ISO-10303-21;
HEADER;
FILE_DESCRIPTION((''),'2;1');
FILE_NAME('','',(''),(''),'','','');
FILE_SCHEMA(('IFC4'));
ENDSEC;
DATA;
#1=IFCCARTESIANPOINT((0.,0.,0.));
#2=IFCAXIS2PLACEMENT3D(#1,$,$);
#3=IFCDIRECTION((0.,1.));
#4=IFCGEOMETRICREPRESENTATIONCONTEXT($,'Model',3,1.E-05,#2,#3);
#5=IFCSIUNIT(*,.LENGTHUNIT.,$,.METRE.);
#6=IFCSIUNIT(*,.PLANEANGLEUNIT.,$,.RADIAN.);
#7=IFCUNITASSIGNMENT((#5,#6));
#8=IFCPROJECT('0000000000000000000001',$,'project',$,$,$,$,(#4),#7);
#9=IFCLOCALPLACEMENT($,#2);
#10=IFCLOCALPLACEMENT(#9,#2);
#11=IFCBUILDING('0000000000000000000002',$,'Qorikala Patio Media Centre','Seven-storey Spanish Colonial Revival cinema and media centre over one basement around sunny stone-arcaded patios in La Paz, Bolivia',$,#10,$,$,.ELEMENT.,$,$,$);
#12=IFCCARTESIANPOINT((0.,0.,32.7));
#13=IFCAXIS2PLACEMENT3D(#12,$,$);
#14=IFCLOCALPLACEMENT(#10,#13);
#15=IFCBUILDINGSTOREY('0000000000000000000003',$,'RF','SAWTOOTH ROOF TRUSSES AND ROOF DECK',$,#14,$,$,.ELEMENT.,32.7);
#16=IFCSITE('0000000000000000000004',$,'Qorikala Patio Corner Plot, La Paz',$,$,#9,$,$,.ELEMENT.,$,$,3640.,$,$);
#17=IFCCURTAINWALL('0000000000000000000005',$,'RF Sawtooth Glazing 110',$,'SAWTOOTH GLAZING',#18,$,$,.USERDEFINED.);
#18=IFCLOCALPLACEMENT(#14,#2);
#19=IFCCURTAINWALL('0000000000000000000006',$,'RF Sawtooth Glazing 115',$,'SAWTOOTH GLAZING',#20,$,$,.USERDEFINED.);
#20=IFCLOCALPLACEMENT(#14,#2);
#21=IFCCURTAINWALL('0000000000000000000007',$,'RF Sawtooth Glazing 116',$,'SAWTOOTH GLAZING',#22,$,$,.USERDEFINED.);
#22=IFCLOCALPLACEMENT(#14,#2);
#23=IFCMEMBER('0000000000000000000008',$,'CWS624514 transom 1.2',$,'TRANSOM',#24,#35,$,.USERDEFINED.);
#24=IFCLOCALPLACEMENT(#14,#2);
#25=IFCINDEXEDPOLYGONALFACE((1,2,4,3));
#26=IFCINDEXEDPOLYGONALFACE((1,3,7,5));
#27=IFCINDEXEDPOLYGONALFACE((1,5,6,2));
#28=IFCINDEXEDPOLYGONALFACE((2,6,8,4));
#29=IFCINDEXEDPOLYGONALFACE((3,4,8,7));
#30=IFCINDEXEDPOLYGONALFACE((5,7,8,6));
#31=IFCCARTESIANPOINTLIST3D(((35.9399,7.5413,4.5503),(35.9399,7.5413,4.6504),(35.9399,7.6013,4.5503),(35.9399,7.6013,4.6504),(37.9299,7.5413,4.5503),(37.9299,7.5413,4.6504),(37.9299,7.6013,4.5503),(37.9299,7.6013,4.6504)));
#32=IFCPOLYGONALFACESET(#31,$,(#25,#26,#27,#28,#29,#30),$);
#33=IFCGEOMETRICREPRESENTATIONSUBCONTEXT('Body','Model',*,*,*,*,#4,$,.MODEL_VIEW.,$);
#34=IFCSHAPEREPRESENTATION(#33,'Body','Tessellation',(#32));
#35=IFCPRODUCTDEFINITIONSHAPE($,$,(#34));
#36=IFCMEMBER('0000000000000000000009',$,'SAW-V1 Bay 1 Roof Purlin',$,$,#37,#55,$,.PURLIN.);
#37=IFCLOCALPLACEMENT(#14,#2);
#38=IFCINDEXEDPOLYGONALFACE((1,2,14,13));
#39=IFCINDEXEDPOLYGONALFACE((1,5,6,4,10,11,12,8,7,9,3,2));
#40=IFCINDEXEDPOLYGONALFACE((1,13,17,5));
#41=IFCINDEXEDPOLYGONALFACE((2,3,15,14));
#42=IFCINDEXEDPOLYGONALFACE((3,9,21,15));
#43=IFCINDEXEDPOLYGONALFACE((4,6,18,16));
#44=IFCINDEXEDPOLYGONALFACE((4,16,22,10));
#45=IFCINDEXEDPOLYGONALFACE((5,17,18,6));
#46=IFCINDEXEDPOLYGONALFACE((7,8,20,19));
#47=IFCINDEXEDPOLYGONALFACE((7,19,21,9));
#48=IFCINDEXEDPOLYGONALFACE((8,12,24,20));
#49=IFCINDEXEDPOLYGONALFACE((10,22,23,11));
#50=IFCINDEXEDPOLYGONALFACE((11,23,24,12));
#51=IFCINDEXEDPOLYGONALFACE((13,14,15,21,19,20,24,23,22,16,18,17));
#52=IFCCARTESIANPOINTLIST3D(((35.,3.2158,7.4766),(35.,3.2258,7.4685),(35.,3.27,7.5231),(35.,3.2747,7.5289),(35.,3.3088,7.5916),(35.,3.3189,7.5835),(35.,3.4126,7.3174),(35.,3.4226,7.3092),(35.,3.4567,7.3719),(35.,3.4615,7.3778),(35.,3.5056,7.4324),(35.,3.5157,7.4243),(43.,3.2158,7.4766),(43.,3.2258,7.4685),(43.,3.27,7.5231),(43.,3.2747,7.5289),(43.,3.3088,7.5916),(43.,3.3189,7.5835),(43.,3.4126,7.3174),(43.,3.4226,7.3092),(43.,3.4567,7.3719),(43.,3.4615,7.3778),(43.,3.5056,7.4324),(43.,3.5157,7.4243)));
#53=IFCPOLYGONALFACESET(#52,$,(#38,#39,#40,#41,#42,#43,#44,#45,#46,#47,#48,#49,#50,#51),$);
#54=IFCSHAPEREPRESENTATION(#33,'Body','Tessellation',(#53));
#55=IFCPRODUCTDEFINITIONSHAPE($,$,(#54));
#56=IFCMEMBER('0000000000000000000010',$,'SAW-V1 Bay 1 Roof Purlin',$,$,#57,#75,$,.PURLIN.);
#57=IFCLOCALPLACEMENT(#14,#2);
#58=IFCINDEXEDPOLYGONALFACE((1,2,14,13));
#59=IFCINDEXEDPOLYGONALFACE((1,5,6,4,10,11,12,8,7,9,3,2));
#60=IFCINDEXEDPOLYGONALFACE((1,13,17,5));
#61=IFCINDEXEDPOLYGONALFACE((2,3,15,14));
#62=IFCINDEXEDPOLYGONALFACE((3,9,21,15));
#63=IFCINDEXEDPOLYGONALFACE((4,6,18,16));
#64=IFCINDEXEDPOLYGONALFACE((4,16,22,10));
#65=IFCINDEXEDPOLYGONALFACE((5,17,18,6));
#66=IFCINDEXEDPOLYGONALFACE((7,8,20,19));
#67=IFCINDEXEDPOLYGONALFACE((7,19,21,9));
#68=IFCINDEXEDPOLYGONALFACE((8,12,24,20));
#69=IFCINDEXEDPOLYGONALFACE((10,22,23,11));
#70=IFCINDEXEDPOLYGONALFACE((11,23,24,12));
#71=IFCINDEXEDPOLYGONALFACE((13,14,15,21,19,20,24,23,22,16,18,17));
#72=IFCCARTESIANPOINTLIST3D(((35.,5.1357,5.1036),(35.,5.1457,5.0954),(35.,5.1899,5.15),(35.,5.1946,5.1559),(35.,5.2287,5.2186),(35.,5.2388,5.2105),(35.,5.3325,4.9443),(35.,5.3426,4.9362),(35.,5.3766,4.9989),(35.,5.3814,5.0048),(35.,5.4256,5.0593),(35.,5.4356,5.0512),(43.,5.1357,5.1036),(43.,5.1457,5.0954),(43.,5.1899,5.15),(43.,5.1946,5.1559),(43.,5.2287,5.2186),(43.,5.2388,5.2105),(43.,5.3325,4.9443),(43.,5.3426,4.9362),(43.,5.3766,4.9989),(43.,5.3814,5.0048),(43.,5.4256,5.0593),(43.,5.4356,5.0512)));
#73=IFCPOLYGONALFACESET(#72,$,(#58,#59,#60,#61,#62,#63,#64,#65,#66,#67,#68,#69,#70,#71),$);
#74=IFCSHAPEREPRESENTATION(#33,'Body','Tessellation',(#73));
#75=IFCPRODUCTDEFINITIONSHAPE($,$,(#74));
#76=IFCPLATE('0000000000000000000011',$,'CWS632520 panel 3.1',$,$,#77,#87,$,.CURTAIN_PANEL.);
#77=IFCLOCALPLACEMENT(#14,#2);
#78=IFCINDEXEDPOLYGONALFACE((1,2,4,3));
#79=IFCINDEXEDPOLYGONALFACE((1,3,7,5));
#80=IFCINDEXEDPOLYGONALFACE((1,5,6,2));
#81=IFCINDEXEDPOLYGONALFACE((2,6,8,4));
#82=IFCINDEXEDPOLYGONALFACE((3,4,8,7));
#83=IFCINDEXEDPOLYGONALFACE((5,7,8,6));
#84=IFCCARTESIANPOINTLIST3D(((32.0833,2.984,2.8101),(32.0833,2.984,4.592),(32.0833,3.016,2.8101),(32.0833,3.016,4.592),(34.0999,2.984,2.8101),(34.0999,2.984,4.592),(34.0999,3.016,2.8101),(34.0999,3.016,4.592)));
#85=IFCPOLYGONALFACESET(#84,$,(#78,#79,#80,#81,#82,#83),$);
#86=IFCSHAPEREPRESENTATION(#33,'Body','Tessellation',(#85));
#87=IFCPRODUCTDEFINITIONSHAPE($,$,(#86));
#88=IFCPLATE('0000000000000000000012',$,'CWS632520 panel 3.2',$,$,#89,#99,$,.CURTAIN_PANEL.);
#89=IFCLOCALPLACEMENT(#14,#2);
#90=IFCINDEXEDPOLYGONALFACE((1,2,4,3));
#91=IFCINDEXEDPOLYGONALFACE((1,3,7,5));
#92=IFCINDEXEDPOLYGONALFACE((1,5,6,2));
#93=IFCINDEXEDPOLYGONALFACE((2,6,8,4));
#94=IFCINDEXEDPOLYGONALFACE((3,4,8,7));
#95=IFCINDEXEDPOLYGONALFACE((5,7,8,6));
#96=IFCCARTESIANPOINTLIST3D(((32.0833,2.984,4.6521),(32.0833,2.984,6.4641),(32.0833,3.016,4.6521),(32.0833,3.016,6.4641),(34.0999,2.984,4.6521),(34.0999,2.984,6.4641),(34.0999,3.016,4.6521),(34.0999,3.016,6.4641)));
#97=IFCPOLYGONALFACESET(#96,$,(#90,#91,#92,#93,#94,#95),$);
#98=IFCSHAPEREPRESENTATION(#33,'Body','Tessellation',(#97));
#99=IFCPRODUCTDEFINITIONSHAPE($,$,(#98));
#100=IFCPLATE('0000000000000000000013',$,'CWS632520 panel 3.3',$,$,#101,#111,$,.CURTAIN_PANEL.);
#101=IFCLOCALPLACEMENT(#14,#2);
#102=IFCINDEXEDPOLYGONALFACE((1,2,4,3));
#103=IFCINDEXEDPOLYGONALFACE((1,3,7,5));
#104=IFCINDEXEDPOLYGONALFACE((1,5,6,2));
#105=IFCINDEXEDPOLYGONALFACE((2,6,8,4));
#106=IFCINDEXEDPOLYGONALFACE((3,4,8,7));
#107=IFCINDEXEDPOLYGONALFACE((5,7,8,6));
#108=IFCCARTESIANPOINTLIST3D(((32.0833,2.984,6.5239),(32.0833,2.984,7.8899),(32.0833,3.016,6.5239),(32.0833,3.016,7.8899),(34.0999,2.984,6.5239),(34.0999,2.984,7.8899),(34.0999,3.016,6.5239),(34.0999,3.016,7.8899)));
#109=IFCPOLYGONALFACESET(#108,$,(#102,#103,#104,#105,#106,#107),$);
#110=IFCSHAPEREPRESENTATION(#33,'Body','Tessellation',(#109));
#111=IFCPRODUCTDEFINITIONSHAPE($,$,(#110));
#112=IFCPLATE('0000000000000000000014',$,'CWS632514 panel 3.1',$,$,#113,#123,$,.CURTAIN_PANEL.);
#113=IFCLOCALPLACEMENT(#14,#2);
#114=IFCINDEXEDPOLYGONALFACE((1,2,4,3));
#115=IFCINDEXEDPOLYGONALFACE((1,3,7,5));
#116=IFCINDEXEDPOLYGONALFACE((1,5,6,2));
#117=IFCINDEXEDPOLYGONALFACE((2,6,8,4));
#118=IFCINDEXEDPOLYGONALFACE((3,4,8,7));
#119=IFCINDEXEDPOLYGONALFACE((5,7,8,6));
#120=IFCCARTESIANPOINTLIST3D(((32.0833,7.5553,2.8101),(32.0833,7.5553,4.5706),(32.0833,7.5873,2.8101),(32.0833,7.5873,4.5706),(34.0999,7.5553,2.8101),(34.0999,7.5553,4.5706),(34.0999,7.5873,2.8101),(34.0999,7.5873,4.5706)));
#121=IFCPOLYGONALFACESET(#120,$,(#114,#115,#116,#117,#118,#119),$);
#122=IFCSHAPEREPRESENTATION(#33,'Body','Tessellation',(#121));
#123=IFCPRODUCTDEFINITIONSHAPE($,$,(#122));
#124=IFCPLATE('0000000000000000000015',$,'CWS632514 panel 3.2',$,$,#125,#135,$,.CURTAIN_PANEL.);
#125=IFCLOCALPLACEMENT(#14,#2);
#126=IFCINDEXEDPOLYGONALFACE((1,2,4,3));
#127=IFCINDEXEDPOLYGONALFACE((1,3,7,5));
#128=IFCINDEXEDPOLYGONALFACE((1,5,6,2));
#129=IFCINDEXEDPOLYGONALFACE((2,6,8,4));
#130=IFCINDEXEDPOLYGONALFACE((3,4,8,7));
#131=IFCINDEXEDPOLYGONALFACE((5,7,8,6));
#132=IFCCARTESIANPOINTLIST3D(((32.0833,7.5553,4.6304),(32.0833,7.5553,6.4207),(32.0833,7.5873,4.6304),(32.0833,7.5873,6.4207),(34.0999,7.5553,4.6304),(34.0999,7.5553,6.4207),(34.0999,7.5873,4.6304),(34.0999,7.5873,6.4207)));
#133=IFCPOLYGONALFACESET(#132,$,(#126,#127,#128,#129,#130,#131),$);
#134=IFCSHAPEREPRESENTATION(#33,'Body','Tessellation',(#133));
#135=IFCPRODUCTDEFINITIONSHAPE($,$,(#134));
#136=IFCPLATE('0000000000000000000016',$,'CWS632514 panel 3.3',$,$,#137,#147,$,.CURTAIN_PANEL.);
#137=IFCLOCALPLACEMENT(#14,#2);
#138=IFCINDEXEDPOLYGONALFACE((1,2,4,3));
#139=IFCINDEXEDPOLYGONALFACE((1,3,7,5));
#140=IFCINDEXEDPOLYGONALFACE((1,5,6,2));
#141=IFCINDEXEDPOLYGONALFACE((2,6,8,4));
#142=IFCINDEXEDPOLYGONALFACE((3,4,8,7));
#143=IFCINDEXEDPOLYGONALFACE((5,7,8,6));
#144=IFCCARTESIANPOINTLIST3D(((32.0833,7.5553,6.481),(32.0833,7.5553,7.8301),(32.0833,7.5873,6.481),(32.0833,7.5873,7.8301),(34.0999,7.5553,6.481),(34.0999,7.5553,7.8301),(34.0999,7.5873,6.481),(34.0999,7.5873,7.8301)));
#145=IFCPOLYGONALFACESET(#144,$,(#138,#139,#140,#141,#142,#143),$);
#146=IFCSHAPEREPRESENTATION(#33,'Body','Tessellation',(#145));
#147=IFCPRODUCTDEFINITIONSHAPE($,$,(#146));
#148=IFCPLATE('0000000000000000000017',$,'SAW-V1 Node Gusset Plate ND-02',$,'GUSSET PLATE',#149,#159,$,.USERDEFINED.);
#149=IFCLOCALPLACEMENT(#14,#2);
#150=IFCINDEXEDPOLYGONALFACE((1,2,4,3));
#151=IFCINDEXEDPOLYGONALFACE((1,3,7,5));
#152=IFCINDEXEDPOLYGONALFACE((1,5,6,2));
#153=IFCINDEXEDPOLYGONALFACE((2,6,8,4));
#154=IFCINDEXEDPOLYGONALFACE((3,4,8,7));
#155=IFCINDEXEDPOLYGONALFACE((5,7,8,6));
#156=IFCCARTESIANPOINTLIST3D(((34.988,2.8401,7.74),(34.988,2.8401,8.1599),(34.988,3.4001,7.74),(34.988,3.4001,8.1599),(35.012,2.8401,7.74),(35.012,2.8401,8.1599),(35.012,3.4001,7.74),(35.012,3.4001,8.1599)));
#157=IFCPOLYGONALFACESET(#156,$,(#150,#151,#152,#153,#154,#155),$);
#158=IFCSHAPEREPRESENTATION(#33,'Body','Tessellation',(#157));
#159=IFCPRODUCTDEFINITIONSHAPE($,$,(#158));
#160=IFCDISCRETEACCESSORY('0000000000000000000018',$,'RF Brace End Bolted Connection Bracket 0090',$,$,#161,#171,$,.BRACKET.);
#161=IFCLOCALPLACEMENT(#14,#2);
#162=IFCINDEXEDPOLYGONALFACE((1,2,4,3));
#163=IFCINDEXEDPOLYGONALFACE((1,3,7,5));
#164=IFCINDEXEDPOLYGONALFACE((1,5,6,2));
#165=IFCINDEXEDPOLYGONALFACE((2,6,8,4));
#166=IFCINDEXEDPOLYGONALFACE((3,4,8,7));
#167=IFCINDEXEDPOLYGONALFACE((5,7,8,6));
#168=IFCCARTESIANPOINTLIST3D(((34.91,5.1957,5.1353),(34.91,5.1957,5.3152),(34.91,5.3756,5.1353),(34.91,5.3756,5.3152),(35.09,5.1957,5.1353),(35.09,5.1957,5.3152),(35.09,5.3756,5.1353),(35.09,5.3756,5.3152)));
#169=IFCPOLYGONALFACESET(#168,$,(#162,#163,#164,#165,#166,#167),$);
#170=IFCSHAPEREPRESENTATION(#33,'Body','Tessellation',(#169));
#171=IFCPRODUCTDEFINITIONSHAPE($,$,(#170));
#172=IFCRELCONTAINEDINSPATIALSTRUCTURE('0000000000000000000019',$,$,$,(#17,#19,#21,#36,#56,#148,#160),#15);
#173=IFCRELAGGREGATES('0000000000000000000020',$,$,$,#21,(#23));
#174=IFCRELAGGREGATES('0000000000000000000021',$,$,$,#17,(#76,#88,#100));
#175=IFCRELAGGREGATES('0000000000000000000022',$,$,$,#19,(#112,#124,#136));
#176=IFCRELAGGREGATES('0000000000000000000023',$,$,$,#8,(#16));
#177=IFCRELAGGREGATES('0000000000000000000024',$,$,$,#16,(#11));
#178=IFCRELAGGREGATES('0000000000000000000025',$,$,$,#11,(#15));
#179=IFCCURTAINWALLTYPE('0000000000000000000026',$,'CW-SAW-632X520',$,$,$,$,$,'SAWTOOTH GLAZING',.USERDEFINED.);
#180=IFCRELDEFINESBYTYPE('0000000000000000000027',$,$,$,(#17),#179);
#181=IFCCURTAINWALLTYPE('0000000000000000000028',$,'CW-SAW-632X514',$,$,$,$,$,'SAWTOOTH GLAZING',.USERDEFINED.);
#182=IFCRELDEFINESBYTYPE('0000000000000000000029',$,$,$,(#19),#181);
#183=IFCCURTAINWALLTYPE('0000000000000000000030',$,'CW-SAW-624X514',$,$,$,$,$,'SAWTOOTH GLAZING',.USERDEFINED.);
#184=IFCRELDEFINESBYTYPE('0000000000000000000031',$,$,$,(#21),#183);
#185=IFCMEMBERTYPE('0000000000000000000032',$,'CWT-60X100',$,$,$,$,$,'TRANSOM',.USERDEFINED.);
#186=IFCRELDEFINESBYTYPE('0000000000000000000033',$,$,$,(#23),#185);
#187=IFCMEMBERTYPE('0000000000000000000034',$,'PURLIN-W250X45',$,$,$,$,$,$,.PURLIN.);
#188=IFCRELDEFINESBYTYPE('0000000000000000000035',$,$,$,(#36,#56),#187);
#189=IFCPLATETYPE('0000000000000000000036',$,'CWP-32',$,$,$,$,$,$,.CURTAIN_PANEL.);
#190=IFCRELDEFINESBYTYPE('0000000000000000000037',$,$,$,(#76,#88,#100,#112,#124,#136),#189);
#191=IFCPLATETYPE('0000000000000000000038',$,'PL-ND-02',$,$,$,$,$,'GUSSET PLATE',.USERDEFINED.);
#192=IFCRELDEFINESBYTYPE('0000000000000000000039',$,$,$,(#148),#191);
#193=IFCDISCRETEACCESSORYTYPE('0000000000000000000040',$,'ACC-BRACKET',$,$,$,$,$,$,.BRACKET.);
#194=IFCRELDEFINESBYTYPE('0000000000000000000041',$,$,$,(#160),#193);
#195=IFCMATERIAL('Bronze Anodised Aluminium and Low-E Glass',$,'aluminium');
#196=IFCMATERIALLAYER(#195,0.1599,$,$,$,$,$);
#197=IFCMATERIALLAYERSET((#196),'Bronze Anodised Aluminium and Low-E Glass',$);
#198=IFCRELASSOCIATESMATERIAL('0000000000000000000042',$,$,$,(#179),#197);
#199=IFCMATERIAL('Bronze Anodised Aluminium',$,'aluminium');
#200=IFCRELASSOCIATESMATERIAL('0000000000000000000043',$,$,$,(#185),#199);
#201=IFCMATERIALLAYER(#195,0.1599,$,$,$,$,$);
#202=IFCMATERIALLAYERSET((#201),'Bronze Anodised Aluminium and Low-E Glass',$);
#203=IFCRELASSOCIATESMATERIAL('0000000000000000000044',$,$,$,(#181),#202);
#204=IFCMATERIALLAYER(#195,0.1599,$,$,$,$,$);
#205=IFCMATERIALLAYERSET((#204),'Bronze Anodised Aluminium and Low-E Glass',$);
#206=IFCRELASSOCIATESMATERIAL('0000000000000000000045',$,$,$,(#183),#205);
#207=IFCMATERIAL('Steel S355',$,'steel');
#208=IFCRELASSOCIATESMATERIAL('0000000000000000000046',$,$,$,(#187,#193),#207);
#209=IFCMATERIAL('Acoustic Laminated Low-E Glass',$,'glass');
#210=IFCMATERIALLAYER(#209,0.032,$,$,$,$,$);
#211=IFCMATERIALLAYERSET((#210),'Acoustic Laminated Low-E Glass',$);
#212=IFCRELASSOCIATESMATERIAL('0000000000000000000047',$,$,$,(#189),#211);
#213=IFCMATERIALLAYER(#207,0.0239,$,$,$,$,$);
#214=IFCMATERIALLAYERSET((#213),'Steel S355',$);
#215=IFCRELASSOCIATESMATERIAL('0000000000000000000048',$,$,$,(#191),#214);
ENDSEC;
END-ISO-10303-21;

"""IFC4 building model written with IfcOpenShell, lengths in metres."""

from ifc_helpers import new_model, si_unit, direction, frame, origin, origin_2d, place, context, subcontext, project, spatial, rectangle, i_section, extrude, material, layer, layer_set, material_profile, profile_set, type_object, element, aggregate, save


model = new_model("IFC4")

# Units and contexts
model_context = context("Model", 3, precision=1e-05, world=origin(), true_north=direction((0.0, 1.0)))
body_context = subcontext(model_context, "Body", "Model", "MODEL_VIEW")
ifc_project = project(units=[si_unit("LENGTHUNIT", "METRE"), si_unit("PLANEANGLEUNIT", "RADIAN")], contexts=[model_context])

# Site, building, storey
site_placement = place(None, origin())
site = spatial("IfcSite", under=ifc_project, at=site_placement, Name="Qorikala Patio Corner Plot, La Paz", CompositionType="ELEMENT", RefElevation=3640.0)
building_placement = place(site_placement, origin())
building = spatial("IfcBuilding", under=site, at=building_placement, Name="Qorikala Patio Media Centre", Description="Seven-storey Spanish Colonial Revival cinema and media centre over one basement around sunny stone-arcaded patios in La Paz, Bolivia", CompositionType="ELEMENT")
storey_placement = place(building_placement, frame((0.0, 0.0, 32.7)))
storey = spatial("IfcBuildingStorey", under=building, at=storey_placement, Name="RF", Description="SAWTOOTH ROOF TRUSSES AND ROOF DECK", CompositionType="ELEMENT", Elevation=32.7)

# Shared definitions
ifc_material_1 = material(Name="Steel S355", Category="steel")

# Curtain walls, member
ifc_material_2 = material(Name="Bronze Anodised Aluminium and Low-E Glass", Category="aluminium")
ifc_layer_1 = layer(ifc_material_2, 0.1599)
ifc_layer_set_1 = layer_set([ifc_layer_1], Name="Bronze Anodised Aluminium and Low-E Glass")
curtain_wall_type_1 = type_object("IfcCurtainWallType", Name="CW-SAW-632X520", ElementType="SAWTOOTH GLAZING", PredefinedType="USERDEFINED", material=ifc_layer_set_1)
curtain_wall_1_placement = place(storey_placement, origin())
curtain_wall_1 = element("IfcCurtainWall", 1, at=curtain_wall_1_placement, inside=storey, type_object=curtain_wall_type_1, Name="RF Sawtooth Glazing 110", ObjectType="SAWTOOTH GLAZING", PredefinedType="USERDEFINED")
ifc_material_3 = material(Name="Bronze Anodised Aluminium", Category="aluminium")
ifc_material_profile_1 = material_profile(ifc_material_3, rectangle(XDim=0.0601, YDim=0.1001, at=origin_2d()), Name="ALU TRANSOM 60x100")
ifc_profile_set_1 = profile_set([ifc_material_profile_1], Name="Bronze Anodised Aluminium")
member_type_1 = type_object("IfcMemberType", Name="CWT-60X100", ElementType="TRANSOM", PredefinedType="USERDEFINED", material=ifc_profile_set_1)
ifc_layer_2 = layer(ifc_material_2, 0.1599)
ifc_layer_set_2 = layer_set([ifc_layer_2], Name="Bronze Anodised Aluminium and Low-E Glass")
curtain_wall_type_2 = type_object("IfcCurtainWallType", Name="CW-SAW-632X514", ElementType="SAWTOOTH GLAZING", PredefinedType="USERDEFINED", material=ifc_layer_set_2)
curtain_wall_2_placement = place(storey_placement, origin())
curtain_wall_2 = element("IfcCurtainWall", 2, at=curtain_wall_2_placement, inside=storey, type_object=curtain_wall_type_2, Name="RF Sawtooth Glazing 115", ObjectType="SAWTOOTH GLAZING", PredefinedType="USERDEFINED")
ifc_layer_3 = layer(ifc_material_2, 0.1599)
ifc_layer_set_3 = layer_set([ifc_layer_3], Name="Bronze Anodised Aluminium and Low-E Glass")
curtain_wall_type_3 = type_object("IfcCurtainWallType", Name="CW-SAW-624X514", ElementType="SAWTOOTH GLAZING", PredefinedType="USERDEFINED", material=ifc_layer_set_3)
curtain_wall_3_placement = place(storey_placement, origin())
curtain_wall_3 = element("IfcCurtainWall", 3, at=curtain_wall_3_placement, inside=storey, type_object=curtain_wall_type_3, Name="RF Sawtooth Glazing 116", ObjectType="SAWTOOTH GLAZING", PredefinedType="USERDEFINED")
member_1_placement = place(storey_placement, frame((35.9399, 7.5713, 4.6003), z_axis=(1.0, 0.0, 0.0), x_axis=(0.0, 1.0, 0.0)))
member_1 = element("IfcMember", 4, at=member_1_placement, type_object=member_type_1, Name="CWS624514 transom 1.2", ObjectType="TRANSOM", PredefinedType="USERDEFINED", context=body_context, shape_type="SweptSolid", body=[
    extrude(rectangle(XDim=0.0601, YDim=0.1001, at=origin_2d()), origin(), (0.0, 0.0, 1.0), 1.99),
])
aggregate(curtain_wall_3, [member_1])

# Members
ifc_material_profile_2 = material_profile(ifc_material_1, i_section(OverallWidth=0.1479, OverallDepth=0.2661, WebThickness=0.0076, FlangeThickness=0.0129, at=origin_2d()), Name="W250X45")
ifc_profile_set_2 = profile_set([ifc_material_profile_2], Name="Steel S355")
member_type_2 = type_object("IfcMemberType", Name="PURLIN-W250X45", PredefinedType="PURLIN", material=ifc_profile_set_2)
for number, where, z_axis, x_axis, name in (
    (5, (35.0, 3.3657, 7.4504), (1.0, 0.0, 0.0), (0.0, 0.628995, 0.77741), "SAW-V1 Bay 1 Roof Purlin"),
    (6, (35.0, 5.2856, 5.0774), (1.0, 0.0, 0.0), (0.0, 0.628995, 0.77741), "SAW-V1 Bay 1 Roof Purlin"),
):
    element("IfcMember", number, at=place(storey_placement, frame(where, z_axis=z_axis, x_axis=x_axis)), inside=storey, type_object=member_type_2, Name=name, PredefinedType="PURLIN", context=body_context, shape_type="SweptSolid", body=[
        extrude(i_section(OverallWidth=0.1479, OverallDepth=0.2661, WebThickness=0.0076, FlangeThickness=0.0129, at=origin_2d()), origin(), (0.0, 0.0, 1.0), 8.0),
    ])

# Plates
ifc_material_4 = material(Name="Acoustic Laminated Low-E Glass", Category="glass")
ifc_layer_4 = layer(ifc_material_4, 0.032)
ifc_layer_set_4 = layer_set([ifc_layer_4], Name="Acoustic Laminated Low-E Glass")
plate_type_1 = type_object("IfcPlateType", Name="CWP-32", PredefinedType="CURTAIN_PANEL", material=ifc_layer_set_4)
plate_1_placement = place(storey_placement, frame((33.0916, 3.0, 2.8101), z_axis=(0.0, 0.0, 1.0), x_axis=(1.0, 0.0, 0.0)))
plate_1 = element("IfcPlate", 7, at=plate_1_placement, type_object=plate_type_1, Name="CWS632520 panel 3.1", PredefinedType="CURTAIN_PANEL", context=body_context, shape_type="SweptSolid", body=[
    extrude(rectangle(XDim=2.0166, YDim=0.032, at=origin_2d()), origin(), (0.0, 0.0, 1.0), 1.782),
])
plate_2_placement = place(storey_placement, frame((33.0916, 3.0, 4.6521), z_axis=(0.0, 0.0, 1.0), x_axis=(1.0, 0.0, 0.0)))
plate_2 = element("IfcPlate", 8, at=plate_2_placement, type_object=plate_type_1, Name="CWS632520 panel 3.2", PredefinedType="CURTAIN_PANEL", context=body_context, shape_type="SweptSolid", body=[
    extrude(rectangle(XDim=2.0166, YDim=0.032, at=origin_2d()), origin(), (0.0, 0.0, 1.0), 1.812),
])
plate_3_placement = place(storey_placement, frame((33.0916, 3.0, 6.5239), z_axis=(0.0, 0.0, 1.0), x_axis=(1.0, 0.0, 0.0)))
plate_3 = element("IfcPlate", 9, at=plate_3_placement, type_object=plate_type_1, Name="CWS632520 panel 3.3", PredefinedType="CURTAIN_PANEL", context=body_context, shape_type="SweptSolid", body=[
    extrude(rectangle(XDim=2.0166, YDim=0.032, at=origin_2d()), origin(), (0.0, 0.0, 1.0), 1.366),
])
aggregate(curtain_wall_1, [plate_1, plate_2, plate_3])
plate_4_placement = place(storey_placement, frame((33.0916, 7.5713, 2.8101), z_axis=(0.0, 0.0, 1.0), x_axis=(1.0, 0.0, 0.0)))
plate_4 = element("IfcPlate", 10, at=plate_4_placement, type_object=plate_type_1, Name="CWS632514 panel 3.1", PredefinedType="CURTAIN_PANEL", context=body_context, shape_type="SweptSolid", body=[
    extrude(rectangle(XDim=2.0166, YDim=0.032, at=origin_2d()), origin(), (0.0, 0.0, 1.0), 1.7605),
])
plate_5_placement = place(storey_placement, frame((33.0916, 7.5713, 4.6304), z_axis=(0.0, 0.0, 1.0), x_axis=(1.0, 0.0, 0.0)))
plate_5 = element("IfcPlate", 11, at=plate_5_placement, type_object=plate_type_1, Name="CWS632514 panel 3.2", PredefinedType="CURTAIN_PANEL", context=body_context, shape_type="SweptSolid", body=[
    extrude(rectangle(XDim=2.0166, YDim=0.032, at=origin_2d()), origin(), (0.0, 0.0, 1.0), 1.7903),
])
plate_6_placement = place(storey_placement, frame((33.0916, 7.5713, 6.481), z_axis=(0.0, 0.0, 1.0), x_axis=(1.0, 0.0, 0.0)))
plate_6 = element("IfcPlate", 12, at=plate_6_placement, type_object=plate_type_1, Name="CWS632514 panel 3.3", PredefinedType="CURTAIN_PANEL", context=body_context, shape_type="SweptSolid", body=[
    extrude(rectangle(XDim=2.0166, YDim=0.032, at=origin_2d()), origin(), (0.0, 0.0, 1.0), 1.3491),
])
aggregate(curtain_wall_2, [plate_4, plate_5, plate_6])
ifc_layer_5 = layer(ifc_material_1, 0.0239)
ifc_layer_set_5 = layer_set([ifc_layer_5], Name="Steel S355")
plate_type_2 = type_object("IfcPlateType", Name="PL-ND-02", ElementType="GUSSET PLATE", PredefinedType="USERDEFINED", material=ifc_layer_set_5)
plate_7_placement = place(storey_placement, frame((35.0, 3.1201, 7.74), z_axis=(0.0, 0.0, 1.0), x_axis=(1.0, 0.0, 0.0)))
element("IfcPlate", 13, at=plate_7_placement, inside=storey, type_object=plate_type_2, Name="SAW-V1 Node Gusset Plate ND-02", ObjectType="GUSSET PLATE", PredefinedType="USERDEFINED", context=body_context, shape_type="SweptSolid", body=[
    extrude(rectangle(XDim=0.0239, YDim=0.5601, at=origin_2d()), origin(), (0.0, 0.0, 1.0), 0.4199),
])

# Discrete accessory
discrete_accessory_type = type_object("IfcDiscreteAccessoryType", Name="ACC-BRACKET", PredefinedType="BRACKET", material=ifc_material_1)
discrete_accessory_placement = place(storey_placement, frame((35.0, 5.2856, 5.1353), z_axis=(0.0, 0.0, 1.0), x_axis=(1.0, 0.0, 0.0)))
element("IfcDiscreteAccessory", 14, at=discrete_accessory_placement, inside=storey, type_object=discrete_accessory_type, Name="RF Brace End Bolted Connection Bracket 0090", PredefinedType="BRACKET", context=body_context, shape_type="SweptSolid", body=[
    extrude(rectangle(XDim=0.1799, YDim=0.1799, at=origin_2d()), origin(), (0.0, 0.0, 1.0), 0.1799),
])

save(model, "model.ifc")
